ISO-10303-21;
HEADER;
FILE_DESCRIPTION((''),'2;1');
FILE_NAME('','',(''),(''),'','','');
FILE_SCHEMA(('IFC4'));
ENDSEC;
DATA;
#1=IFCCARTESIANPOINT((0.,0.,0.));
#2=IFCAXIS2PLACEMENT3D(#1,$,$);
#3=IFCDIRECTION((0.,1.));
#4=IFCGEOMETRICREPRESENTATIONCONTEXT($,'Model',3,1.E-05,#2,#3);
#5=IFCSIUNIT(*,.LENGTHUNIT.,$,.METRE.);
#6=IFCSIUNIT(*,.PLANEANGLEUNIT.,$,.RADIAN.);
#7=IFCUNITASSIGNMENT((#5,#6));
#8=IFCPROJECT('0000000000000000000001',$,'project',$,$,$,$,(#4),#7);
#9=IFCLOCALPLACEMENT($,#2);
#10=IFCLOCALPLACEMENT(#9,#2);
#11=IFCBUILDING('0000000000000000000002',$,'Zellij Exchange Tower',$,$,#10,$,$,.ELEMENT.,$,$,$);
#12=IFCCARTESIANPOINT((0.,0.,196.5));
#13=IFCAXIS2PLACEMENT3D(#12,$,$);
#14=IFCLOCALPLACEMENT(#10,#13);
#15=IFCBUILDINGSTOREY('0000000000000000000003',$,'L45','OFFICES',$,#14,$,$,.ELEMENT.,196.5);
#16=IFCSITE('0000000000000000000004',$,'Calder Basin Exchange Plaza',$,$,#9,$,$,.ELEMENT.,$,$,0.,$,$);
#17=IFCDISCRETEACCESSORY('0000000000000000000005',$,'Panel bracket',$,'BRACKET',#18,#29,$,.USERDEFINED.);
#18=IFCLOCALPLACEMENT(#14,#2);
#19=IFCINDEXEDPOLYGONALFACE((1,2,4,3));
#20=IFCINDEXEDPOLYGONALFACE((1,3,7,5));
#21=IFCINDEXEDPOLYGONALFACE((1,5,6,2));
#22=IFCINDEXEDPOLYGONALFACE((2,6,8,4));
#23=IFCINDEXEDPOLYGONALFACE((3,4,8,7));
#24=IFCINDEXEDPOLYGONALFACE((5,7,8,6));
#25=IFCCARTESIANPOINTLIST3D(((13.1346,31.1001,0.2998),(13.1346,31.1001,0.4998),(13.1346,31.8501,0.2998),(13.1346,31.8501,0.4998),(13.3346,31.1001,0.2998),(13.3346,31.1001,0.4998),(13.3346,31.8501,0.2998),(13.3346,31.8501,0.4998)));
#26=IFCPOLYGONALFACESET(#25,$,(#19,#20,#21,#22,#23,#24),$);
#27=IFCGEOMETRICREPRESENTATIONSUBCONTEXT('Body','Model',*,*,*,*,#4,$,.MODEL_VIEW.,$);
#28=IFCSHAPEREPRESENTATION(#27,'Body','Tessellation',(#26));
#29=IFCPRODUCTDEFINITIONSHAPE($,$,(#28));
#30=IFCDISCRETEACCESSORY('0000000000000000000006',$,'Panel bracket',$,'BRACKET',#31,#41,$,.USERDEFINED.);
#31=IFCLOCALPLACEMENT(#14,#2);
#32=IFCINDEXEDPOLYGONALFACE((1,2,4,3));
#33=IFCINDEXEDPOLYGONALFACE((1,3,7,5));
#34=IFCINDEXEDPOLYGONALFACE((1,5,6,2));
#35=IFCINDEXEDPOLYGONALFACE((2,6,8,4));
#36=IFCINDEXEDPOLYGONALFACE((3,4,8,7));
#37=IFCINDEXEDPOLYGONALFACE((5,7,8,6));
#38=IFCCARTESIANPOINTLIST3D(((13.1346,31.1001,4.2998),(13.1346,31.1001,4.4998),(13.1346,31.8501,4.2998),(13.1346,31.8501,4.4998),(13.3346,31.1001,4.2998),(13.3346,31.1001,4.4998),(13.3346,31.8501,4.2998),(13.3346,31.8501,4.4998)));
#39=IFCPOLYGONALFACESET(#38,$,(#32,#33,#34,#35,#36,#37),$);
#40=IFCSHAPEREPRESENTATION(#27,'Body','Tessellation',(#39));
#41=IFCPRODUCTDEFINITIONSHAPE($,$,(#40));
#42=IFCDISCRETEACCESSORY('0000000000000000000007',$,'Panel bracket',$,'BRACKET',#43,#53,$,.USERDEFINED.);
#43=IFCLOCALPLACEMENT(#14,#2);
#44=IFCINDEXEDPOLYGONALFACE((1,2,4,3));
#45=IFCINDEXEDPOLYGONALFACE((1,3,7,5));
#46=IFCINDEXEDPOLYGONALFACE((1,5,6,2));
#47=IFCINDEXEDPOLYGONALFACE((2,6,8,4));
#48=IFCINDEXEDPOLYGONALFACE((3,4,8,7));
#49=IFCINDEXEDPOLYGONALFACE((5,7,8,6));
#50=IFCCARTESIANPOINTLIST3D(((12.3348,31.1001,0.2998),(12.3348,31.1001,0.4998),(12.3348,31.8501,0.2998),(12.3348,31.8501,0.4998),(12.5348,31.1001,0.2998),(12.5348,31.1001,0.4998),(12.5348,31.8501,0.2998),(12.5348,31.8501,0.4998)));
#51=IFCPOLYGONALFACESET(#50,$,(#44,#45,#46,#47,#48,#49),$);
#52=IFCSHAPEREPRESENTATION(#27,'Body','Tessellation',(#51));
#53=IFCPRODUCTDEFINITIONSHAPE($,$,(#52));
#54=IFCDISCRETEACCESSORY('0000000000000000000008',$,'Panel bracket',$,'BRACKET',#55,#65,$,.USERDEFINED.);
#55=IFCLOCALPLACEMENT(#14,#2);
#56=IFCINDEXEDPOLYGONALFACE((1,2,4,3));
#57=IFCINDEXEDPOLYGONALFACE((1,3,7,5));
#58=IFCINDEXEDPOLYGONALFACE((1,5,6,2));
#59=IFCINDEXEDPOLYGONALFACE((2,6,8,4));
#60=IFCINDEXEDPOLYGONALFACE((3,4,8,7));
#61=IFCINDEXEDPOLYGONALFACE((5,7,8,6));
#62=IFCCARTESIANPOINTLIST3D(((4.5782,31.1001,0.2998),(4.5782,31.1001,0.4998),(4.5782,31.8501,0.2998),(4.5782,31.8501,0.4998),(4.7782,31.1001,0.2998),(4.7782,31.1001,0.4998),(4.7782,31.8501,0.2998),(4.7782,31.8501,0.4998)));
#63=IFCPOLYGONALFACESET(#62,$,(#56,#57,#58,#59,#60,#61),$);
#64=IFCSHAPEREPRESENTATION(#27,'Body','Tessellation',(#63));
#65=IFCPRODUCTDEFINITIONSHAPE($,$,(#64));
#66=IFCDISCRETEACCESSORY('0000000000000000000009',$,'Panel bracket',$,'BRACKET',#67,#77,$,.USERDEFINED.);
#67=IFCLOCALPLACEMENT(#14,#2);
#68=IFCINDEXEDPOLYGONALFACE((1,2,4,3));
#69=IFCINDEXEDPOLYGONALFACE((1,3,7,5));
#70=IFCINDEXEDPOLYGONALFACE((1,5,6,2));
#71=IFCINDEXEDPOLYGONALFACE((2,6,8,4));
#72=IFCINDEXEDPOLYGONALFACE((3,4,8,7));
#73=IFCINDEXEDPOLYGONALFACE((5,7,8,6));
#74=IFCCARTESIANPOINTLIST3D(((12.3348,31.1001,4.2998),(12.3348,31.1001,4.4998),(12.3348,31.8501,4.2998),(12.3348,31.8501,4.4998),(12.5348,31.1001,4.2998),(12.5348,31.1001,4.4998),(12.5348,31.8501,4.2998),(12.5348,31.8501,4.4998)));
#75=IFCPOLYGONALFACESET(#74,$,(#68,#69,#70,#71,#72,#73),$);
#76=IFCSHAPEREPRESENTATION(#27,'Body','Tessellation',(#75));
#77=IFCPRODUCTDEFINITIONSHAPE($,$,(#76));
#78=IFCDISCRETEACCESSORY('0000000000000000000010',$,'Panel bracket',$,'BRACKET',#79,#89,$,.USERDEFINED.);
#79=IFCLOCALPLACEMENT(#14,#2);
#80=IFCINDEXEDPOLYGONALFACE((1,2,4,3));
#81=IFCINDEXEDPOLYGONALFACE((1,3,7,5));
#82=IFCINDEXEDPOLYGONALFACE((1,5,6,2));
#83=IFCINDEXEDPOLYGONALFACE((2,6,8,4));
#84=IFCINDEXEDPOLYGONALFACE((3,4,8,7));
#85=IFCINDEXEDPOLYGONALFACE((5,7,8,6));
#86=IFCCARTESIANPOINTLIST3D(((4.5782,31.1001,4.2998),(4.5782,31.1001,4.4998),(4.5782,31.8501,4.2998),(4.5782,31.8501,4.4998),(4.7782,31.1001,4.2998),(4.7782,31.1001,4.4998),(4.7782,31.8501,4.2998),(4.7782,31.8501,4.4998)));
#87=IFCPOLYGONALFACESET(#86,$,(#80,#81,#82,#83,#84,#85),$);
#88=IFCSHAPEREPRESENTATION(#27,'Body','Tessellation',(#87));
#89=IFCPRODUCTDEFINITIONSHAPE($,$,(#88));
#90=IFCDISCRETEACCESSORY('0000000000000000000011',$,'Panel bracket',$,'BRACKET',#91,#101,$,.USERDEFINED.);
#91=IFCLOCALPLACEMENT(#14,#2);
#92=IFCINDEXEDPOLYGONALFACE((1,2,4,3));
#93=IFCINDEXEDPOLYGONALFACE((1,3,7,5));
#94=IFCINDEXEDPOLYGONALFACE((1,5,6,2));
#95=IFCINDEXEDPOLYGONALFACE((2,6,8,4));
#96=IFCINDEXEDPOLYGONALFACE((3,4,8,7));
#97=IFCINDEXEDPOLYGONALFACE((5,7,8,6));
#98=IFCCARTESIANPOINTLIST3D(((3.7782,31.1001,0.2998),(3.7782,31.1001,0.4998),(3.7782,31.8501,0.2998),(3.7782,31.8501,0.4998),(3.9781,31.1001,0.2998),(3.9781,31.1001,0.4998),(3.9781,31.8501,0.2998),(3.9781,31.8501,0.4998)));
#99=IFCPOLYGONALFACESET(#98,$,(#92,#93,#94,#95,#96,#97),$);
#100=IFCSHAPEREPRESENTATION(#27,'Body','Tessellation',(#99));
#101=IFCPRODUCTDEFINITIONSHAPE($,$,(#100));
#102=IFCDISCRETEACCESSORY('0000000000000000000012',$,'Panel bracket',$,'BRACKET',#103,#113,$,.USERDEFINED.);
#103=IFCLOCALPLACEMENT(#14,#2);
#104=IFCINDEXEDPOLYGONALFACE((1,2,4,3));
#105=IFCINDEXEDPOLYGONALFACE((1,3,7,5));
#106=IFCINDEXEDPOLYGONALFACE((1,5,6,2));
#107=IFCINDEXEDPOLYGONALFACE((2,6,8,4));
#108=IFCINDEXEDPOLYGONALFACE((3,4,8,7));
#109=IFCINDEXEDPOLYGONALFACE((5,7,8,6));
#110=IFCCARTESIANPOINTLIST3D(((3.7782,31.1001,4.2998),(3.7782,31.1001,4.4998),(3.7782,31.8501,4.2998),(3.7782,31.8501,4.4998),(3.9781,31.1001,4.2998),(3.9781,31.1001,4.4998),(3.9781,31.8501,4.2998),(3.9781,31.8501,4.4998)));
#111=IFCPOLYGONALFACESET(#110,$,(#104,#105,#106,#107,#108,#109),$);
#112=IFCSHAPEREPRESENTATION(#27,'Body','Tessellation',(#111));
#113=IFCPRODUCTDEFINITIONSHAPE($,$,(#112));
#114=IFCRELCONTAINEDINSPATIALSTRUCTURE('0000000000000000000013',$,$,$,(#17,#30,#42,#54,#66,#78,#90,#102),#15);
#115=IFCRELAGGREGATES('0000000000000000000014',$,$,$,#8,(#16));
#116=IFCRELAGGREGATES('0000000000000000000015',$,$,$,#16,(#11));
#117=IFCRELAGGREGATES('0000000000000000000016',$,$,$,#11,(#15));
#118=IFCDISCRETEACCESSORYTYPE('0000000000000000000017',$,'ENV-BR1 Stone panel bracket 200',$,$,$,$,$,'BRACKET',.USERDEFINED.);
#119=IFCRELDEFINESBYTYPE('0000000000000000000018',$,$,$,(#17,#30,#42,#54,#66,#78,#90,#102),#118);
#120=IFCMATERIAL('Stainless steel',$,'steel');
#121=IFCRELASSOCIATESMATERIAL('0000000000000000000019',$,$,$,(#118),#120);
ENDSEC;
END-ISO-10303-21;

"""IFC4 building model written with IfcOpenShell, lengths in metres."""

from ifc_helpers import new_model, si_unit, direction, frame, origin, origin_2d, place, context, subcontext, project, spatial, rectangle, extrude, material, type_object, element, save


model = new_model("IFC4")

# Units and contexts
model_context = context("Model", 3, precision=1e-05, world=origin(), true_north=direction((0.0, 1.0)))
body_context = subcontext(model_context, "Body", "Model", "MODEL_VIEW")
ifc_project = project(units=[si_unit("LENGTHUNIT", "METRE"), si_unit("PLANEANGLEUNIT", "RADIAN")], contexts=[model_context])

# Site, building, storey
site_placement = place(None, origin())
site = spatial("IfcSite", under=ifc_project, at=site_placement, Name="Calder Basin Exchange Plaza", CompositionType="ELEMENT", RefElevation=0.0)
building_placement = place(site_placement, origin())
building = spatial("IfcBuilding", under=site, at=building_placement, Name="Zellij Exchange Tower", CompositionType="ELEMENT")
storey_placement = place(building_placement, frame((0.0, 0.0, 196.5)))
storey = spatial("IfcBuildingStorey", under=building, at=storey_placement, Name="L45", Description="OFFICES", CompositionType="ELEMENT", Elevation=196.5)

# Discrete accessories
ifc_material_1 = material(Name="Stainless steel", Category="steel")
discrete_accessory_type = type_object("IfcDiscreteAccessoryType", Name="ENV-BR1 Stone panel bracket 200", ElementType="BRACKET", PredefinedType="USERDEFINED", material=ifc_material_1)
for number, where, z_axis, x_axis, name in (
    (1, (13.2346, 31.4751, 0.2998), (0.0, 0.0, 1.0), (-1.0, 0.0, 0.0), "Panel bracket"),
    (2, (13.2346, 31.4751, 4.2998), (0.0, 0.0, 1.0), (-1.0, 0.0, 0.0), "Panel bracket"),
    (3, (12.4348, 31.4751, 0.2998), (0.0, 0.0, 1.0), (-1.0, 0.0, 0.0), "Panel bracket"),
    (4, (4.6782, 31.4751, 0.2998), (0.0, 0.0, 1.0), (-1.0, 0.0, 0.0), "Panel bracket"),
    (5, (12.4348, 31.4751, 4.2998), (0.0, 0.0, 1.0), (-1.0, 0.0, 0.0), "Panel bracket"),
    (6, (4.6782, 31.4751, 4.2998), (0.0, 0.0, 1.0), (-1.0, 0.0, 0.0), "Panel bracket"),
    (7, (3.8782, 31.4751, 0.2998), (0.0, 0.0, 1.0), (-1.0, 0.0, 0.0), "Panel bracket"),
    (8, (3.8782, 31.4751, 4.2998), (0.0, 0.0, 1.0), (-1.0, 0.0, 0.0), "Panel bracket"),
):
    element("IfcDiscreteAccessory", number, at=place(storey_placement, frame(where, z_axis=z_axis, x_axis=x_axis)), inside=storey, type_object=discrete_accessory_type, Name=name, ObjectType="BRACKET", PredefinedType="USERDEFINED", context=body_context, shape_type="SweptSolid", body=[
        extrude(rectangle(XDim=0.2, YDim=0.75, at=origin_2d()), origin(), (0.0, 0.0, 1.0), 0.2),
    ])

save(model, "model.ifc")
